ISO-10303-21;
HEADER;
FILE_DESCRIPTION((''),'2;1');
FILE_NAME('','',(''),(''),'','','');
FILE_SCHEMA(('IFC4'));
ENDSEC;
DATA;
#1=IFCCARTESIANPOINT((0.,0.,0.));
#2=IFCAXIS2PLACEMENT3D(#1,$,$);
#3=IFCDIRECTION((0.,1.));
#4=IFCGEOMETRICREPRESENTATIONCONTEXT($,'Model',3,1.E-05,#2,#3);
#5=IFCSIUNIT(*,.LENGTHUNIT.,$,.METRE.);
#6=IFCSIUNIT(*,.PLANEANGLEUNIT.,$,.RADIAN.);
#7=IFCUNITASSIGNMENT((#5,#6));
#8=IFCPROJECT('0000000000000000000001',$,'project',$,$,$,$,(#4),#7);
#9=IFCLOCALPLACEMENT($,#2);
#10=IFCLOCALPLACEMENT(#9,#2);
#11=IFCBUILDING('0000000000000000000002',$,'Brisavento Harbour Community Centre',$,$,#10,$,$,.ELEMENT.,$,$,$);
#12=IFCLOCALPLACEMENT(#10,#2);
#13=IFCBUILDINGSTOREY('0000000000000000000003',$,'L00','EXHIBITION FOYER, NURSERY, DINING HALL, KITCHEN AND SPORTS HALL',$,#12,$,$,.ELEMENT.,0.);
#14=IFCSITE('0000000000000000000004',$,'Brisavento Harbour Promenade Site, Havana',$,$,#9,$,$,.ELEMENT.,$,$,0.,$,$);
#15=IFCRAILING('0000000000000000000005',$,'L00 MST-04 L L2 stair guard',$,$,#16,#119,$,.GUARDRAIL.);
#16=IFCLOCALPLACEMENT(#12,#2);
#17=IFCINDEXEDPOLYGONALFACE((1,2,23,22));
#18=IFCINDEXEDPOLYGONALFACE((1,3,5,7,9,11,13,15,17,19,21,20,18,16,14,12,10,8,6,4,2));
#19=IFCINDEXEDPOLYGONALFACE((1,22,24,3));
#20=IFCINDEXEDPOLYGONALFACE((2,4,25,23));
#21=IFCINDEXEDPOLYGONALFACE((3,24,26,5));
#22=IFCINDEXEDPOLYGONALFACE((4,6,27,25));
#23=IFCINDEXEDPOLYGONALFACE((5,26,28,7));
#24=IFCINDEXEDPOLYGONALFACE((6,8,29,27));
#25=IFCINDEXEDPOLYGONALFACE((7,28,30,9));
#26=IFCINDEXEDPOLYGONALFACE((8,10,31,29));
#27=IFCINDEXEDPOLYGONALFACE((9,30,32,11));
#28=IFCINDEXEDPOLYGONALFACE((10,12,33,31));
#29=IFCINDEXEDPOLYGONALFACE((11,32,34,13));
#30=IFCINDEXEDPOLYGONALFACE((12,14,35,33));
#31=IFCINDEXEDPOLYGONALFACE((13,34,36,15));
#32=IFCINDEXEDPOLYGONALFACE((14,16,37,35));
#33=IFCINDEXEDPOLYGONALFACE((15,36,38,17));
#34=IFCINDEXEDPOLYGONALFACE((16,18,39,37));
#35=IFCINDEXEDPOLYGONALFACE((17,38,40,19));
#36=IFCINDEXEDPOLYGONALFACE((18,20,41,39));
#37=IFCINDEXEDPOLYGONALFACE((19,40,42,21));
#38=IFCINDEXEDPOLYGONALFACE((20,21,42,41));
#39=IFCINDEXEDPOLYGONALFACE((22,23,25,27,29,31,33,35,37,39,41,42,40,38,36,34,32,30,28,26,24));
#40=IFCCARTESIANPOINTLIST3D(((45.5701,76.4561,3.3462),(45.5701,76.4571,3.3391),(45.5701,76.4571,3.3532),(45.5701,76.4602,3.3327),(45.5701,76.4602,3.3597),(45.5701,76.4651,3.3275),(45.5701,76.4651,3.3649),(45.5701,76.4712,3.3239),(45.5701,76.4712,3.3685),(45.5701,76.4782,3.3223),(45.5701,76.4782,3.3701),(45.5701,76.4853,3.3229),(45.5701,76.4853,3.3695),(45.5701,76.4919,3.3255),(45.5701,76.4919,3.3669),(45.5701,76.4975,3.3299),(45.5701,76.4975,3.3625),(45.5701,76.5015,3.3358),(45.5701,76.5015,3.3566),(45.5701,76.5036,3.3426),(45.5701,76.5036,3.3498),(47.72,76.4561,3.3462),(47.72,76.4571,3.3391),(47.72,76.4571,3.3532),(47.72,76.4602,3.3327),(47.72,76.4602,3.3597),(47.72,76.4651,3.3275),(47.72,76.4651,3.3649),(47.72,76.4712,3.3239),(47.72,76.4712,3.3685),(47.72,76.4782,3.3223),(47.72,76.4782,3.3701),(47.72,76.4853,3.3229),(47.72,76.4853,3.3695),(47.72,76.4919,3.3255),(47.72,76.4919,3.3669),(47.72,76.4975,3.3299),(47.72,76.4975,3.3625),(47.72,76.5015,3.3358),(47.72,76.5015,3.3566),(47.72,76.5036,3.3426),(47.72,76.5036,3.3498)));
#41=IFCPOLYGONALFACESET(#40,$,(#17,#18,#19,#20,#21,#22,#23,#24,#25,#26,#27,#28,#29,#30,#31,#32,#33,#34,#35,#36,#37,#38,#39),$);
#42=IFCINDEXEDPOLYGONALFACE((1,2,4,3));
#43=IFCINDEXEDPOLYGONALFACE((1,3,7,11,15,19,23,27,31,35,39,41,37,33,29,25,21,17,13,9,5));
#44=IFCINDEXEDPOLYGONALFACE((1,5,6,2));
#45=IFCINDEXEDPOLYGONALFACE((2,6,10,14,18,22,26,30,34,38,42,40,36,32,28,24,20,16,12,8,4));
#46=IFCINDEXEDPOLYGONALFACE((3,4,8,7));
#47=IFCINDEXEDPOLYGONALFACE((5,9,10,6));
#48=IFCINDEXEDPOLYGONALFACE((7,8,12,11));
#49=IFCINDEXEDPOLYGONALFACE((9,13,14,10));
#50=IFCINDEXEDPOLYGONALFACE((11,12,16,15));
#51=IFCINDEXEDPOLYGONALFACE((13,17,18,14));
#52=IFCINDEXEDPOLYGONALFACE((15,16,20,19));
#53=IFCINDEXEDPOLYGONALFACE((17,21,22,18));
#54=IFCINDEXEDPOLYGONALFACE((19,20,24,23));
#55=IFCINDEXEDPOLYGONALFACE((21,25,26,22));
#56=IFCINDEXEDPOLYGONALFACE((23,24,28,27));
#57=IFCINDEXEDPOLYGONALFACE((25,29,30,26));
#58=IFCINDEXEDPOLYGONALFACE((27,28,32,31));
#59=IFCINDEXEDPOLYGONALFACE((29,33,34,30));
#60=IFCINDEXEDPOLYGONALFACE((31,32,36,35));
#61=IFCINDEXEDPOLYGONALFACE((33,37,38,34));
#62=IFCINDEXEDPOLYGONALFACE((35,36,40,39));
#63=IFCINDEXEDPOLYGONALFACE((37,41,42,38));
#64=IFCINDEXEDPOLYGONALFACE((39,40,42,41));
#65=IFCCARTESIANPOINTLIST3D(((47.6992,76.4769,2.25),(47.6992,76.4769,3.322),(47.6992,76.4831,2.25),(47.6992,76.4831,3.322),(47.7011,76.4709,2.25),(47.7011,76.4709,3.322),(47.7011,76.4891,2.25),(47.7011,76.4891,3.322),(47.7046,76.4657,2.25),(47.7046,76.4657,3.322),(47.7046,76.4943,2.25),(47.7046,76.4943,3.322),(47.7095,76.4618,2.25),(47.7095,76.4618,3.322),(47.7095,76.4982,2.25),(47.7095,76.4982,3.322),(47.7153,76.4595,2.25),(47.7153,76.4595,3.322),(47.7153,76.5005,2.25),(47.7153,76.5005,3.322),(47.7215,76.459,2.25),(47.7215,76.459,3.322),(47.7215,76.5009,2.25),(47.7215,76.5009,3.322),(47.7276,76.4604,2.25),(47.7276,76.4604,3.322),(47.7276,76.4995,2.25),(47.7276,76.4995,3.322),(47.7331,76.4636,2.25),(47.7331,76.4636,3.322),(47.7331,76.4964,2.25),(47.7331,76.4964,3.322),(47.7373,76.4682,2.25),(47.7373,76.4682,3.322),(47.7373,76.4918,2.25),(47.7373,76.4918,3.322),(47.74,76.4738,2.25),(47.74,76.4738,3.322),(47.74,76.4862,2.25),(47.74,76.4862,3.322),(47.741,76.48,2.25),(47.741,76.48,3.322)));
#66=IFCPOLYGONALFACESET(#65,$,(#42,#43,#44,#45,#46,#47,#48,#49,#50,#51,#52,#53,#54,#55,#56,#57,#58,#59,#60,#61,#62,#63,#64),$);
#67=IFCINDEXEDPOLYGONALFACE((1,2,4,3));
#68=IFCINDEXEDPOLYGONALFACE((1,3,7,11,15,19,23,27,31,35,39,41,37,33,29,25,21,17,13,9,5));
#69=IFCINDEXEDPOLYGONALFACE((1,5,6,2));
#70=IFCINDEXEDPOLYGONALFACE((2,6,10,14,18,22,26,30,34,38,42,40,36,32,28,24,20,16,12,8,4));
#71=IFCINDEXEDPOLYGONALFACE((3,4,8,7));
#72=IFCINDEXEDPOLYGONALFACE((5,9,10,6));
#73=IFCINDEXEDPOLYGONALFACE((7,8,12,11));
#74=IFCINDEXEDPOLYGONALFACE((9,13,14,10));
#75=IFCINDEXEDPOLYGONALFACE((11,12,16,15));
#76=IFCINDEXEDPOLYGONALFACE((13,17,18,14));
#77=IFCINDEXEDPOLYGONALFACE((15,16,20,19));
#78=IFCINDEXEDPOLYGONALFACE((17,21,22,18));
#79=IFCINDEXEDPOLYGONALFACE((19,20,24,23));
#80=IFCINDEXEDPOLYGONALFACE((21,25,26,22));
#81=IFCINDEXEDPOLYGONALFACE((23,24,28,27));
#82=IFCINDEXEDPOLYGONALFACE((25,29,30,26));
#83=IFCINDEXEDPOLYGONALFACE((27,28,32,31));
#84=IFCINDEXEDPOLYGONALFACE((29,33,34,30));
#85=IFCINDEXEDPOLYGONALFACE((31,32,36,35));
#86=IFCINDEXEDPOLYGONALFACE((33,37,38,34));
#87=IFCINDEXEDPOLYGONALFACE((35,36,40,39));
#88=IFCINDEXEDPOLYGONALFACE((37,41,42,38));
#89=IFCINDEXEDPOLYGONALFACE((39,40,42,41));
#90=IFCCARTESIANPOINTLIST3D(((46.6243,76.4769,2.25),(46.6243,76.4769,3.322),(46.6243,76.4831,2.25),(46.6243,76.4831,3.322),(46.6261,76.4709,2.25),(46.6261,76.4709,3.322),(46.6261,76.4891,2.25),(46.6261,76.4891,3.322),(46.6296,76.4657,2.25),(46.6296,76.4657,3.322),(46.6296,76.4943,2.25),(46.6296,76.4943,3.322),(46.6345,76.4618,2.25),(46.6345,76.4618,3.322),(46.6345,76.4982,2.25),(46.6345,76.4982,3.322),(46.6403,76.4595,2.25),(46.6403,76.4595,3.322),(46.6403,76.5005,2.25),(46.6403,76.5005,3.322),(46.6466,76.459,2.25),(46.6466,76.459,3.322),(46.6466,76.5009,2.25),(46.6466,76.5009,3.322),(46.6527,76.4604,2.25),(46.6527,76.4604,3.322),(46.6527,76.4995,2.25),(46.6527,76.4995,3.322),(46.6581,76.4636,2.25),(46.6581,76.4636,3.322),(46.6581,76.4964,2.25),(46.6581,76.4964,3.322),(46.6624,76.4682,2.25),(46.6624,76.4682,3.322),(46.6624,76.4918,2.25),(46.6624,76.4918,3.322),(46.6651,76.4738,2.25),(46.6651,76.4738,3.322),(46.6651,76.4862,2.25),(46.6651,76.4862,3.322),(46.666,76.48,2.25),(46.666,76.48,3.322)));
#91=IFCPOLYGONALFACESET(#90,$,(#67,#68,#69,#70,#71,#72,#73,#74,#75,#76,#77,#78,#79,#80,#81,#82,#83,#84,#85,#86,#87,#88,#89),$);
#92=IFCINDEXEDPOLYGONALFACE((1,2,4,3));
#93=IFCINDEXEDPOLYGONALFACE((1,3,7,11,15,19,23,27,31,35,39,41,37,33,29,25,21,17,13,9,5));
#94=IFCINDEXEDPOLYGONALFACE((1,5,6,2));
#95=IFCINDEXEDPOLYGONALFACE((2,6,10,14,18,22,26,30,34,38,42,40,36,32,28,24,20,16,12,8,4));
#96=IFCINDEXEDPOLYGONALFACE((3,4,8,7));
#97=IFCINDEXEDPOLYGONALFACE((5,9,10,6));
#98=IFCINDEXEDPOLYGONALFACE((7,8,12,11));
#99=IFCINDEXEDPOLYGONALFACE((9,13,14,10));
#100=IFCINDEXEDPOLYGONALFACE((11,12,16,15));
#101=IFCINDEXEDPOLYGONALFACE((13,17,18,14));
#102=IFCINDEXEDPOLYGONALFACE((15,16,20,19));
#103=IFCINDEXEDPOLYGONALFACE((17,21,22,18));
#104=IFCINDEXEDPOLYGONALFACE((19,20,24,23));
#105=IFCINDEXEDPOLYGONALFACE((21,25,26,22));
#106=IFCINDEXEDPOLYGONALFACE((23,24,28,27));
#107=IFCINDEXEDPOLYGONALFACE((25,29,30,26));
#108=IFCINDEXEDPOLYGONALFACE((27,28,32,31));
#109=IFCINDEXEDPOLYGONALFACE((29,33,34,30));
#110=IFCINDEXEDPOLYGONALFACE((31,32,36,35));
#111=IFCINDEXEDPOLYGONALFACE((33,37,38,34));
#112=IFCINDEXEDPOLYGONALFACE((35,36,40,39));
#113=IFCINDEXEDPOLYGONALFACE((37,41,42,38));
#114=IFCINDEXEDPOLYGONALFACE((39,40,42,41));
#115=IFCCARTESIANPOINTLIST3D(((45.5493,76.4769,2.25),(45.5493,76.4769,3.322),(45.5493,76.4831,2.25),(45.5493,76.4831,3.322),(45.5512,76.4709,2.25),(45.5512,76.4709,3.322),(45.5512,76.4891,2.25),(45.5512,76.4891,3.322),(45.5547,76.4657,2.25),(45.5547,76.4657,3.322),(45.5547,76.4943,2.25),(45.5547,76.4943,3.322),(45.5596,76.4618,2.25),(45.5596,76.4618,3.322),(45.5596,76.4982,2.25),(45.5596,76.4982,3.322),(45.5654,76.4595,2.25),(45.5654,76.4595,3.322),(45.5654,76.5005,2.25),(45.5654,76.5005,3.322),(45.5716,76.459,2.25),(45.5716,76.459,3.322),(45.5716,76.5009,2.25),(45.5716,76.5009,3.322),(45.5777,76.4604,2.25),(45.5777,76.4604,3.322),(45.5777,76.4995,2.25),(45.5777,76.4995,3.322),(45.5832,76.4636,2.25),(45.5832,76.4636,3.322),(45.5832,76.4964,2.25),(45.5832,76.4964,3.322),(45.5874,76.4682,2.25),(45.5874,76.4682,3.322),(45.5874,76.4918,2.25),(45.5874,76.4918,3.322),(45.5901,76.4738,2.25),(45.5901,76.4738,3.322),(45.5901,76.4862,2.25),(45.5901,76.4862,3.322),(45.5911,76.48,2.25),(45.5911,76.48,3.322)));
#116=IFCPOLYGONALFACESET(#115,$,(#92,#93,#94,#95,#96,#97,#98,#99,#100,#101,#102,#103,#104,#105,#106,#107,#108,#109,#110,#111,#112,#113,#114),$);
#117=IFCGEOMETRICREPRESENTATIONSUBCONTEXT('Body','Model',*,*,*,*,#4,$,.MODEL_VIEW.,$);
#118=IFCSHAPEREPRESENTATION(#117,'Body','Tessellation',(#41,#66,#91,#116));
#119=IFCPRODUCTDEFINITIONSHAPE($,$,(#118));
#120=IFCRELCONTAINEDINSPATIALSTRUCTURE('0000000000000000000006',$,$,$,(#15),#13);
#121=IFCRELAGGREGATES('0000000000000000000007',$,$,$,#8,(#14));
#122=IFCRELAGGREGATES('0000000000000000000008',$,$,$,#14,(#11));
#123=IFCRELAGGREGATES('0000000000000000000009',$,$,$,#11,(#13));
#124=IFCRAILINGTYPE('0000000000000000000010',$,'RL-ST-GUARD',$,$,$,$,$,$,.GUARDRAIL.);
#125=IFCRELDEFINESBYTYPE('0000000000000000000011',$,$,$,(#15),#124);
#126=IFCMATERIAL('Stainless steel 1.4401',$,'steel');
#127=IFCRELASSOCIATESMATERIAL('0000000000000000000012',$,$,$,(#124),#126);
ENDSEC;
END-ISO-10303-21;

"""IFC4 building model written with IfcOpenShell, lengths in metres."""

from ifc_helpers import new_model, si_unit, direction, frame, origin, origin_2d, place, context, subcontext, project, spatial, circle, extrude, material, type_object, element, save


model = new_model("IFC4")

# Units and contexts
model_context = context("Model", 3, precision=1e-05, world=origin(), true_north=direction((0.0, 1.0)))
body_context = subcontext(model_context, "Body", "Model", "MODEL_VIEW")
ifc_project = project(units=[si_unit("LENGTHUNIT", "METRE"), si_unit("PLANEANGLEUNIT", "RADIAN")], contexts=[model_context])

# Site, building, storey
site_placement = place(None, origin())
site = spatial("IfcSite", under=ifc_project, at=site_placement, Name="Brisavento Harbour Promenade Site, Havana", CompositionType="ELEMENT", RefElevation=0.0)
building_placement = place(site_placement, origin())
building = spatial("IfcBuilding", under=site, at=building_placement, Name="Brisavento Harbour Community Centre", CompositionType="ELEMENT")
storey_placement = place(building_placement, origin())
storey = spatial("IfcBuildingStorey", under=building, at=storey_placement, Name="L00", Description="EXHIBITION FOYER, NURSERY, DINING HALL, KITCHEN AND SPORTS HALL", CompositionType="ELEMENT", Elevation=0.0)

# Railing
ifc_material_1 = material(Name="Stainless steel 1.4401", Category="steel")
railing_type = type_object("IfcRailingType", Name="RL-ST-GUARD", PredefinedType="GUARDRAIL", material=ifc_material_1)
railing_1_placement = place(storey_placement, frame((47.72, 76.48, 2.25)))
element("IfcRailing", 1, at=railing_1_placement, inside=storey, type_object=railing_type, Name="L00 MST-04 L L2 stair guard", PredefinedType="GUARDRAIL", context=body_context, shape_type="SweptSolid", body=[
    extrude(circle(Radius=0.0239, at=origin_2d()), frame((0.0, 0.0, 1.0962), z_axis=(-1.0, 0.0, 0.0), x_axis=(0.0, -1.0, 0.0)), (0.0, 0.0, 1.0), 2.1499),
    extrude(circle(Radius=0.021, at=origin_2d()), origin(), (0.0, 0.0, 1.0), 1.072),
    extrude(circle(Radius=0.021, at=origin_2d()), frame((-1.075, 0.0, 0.0)), (0.0, 0.0, 1.0), 1.072),
    extrude(circle(Radius=0.021, at=origin_2d()), frame((-2.1499, 0.0, 0.0)), (0.0, 0.0, 1.0), 1.072),
])

save(model, "model.ifc")
